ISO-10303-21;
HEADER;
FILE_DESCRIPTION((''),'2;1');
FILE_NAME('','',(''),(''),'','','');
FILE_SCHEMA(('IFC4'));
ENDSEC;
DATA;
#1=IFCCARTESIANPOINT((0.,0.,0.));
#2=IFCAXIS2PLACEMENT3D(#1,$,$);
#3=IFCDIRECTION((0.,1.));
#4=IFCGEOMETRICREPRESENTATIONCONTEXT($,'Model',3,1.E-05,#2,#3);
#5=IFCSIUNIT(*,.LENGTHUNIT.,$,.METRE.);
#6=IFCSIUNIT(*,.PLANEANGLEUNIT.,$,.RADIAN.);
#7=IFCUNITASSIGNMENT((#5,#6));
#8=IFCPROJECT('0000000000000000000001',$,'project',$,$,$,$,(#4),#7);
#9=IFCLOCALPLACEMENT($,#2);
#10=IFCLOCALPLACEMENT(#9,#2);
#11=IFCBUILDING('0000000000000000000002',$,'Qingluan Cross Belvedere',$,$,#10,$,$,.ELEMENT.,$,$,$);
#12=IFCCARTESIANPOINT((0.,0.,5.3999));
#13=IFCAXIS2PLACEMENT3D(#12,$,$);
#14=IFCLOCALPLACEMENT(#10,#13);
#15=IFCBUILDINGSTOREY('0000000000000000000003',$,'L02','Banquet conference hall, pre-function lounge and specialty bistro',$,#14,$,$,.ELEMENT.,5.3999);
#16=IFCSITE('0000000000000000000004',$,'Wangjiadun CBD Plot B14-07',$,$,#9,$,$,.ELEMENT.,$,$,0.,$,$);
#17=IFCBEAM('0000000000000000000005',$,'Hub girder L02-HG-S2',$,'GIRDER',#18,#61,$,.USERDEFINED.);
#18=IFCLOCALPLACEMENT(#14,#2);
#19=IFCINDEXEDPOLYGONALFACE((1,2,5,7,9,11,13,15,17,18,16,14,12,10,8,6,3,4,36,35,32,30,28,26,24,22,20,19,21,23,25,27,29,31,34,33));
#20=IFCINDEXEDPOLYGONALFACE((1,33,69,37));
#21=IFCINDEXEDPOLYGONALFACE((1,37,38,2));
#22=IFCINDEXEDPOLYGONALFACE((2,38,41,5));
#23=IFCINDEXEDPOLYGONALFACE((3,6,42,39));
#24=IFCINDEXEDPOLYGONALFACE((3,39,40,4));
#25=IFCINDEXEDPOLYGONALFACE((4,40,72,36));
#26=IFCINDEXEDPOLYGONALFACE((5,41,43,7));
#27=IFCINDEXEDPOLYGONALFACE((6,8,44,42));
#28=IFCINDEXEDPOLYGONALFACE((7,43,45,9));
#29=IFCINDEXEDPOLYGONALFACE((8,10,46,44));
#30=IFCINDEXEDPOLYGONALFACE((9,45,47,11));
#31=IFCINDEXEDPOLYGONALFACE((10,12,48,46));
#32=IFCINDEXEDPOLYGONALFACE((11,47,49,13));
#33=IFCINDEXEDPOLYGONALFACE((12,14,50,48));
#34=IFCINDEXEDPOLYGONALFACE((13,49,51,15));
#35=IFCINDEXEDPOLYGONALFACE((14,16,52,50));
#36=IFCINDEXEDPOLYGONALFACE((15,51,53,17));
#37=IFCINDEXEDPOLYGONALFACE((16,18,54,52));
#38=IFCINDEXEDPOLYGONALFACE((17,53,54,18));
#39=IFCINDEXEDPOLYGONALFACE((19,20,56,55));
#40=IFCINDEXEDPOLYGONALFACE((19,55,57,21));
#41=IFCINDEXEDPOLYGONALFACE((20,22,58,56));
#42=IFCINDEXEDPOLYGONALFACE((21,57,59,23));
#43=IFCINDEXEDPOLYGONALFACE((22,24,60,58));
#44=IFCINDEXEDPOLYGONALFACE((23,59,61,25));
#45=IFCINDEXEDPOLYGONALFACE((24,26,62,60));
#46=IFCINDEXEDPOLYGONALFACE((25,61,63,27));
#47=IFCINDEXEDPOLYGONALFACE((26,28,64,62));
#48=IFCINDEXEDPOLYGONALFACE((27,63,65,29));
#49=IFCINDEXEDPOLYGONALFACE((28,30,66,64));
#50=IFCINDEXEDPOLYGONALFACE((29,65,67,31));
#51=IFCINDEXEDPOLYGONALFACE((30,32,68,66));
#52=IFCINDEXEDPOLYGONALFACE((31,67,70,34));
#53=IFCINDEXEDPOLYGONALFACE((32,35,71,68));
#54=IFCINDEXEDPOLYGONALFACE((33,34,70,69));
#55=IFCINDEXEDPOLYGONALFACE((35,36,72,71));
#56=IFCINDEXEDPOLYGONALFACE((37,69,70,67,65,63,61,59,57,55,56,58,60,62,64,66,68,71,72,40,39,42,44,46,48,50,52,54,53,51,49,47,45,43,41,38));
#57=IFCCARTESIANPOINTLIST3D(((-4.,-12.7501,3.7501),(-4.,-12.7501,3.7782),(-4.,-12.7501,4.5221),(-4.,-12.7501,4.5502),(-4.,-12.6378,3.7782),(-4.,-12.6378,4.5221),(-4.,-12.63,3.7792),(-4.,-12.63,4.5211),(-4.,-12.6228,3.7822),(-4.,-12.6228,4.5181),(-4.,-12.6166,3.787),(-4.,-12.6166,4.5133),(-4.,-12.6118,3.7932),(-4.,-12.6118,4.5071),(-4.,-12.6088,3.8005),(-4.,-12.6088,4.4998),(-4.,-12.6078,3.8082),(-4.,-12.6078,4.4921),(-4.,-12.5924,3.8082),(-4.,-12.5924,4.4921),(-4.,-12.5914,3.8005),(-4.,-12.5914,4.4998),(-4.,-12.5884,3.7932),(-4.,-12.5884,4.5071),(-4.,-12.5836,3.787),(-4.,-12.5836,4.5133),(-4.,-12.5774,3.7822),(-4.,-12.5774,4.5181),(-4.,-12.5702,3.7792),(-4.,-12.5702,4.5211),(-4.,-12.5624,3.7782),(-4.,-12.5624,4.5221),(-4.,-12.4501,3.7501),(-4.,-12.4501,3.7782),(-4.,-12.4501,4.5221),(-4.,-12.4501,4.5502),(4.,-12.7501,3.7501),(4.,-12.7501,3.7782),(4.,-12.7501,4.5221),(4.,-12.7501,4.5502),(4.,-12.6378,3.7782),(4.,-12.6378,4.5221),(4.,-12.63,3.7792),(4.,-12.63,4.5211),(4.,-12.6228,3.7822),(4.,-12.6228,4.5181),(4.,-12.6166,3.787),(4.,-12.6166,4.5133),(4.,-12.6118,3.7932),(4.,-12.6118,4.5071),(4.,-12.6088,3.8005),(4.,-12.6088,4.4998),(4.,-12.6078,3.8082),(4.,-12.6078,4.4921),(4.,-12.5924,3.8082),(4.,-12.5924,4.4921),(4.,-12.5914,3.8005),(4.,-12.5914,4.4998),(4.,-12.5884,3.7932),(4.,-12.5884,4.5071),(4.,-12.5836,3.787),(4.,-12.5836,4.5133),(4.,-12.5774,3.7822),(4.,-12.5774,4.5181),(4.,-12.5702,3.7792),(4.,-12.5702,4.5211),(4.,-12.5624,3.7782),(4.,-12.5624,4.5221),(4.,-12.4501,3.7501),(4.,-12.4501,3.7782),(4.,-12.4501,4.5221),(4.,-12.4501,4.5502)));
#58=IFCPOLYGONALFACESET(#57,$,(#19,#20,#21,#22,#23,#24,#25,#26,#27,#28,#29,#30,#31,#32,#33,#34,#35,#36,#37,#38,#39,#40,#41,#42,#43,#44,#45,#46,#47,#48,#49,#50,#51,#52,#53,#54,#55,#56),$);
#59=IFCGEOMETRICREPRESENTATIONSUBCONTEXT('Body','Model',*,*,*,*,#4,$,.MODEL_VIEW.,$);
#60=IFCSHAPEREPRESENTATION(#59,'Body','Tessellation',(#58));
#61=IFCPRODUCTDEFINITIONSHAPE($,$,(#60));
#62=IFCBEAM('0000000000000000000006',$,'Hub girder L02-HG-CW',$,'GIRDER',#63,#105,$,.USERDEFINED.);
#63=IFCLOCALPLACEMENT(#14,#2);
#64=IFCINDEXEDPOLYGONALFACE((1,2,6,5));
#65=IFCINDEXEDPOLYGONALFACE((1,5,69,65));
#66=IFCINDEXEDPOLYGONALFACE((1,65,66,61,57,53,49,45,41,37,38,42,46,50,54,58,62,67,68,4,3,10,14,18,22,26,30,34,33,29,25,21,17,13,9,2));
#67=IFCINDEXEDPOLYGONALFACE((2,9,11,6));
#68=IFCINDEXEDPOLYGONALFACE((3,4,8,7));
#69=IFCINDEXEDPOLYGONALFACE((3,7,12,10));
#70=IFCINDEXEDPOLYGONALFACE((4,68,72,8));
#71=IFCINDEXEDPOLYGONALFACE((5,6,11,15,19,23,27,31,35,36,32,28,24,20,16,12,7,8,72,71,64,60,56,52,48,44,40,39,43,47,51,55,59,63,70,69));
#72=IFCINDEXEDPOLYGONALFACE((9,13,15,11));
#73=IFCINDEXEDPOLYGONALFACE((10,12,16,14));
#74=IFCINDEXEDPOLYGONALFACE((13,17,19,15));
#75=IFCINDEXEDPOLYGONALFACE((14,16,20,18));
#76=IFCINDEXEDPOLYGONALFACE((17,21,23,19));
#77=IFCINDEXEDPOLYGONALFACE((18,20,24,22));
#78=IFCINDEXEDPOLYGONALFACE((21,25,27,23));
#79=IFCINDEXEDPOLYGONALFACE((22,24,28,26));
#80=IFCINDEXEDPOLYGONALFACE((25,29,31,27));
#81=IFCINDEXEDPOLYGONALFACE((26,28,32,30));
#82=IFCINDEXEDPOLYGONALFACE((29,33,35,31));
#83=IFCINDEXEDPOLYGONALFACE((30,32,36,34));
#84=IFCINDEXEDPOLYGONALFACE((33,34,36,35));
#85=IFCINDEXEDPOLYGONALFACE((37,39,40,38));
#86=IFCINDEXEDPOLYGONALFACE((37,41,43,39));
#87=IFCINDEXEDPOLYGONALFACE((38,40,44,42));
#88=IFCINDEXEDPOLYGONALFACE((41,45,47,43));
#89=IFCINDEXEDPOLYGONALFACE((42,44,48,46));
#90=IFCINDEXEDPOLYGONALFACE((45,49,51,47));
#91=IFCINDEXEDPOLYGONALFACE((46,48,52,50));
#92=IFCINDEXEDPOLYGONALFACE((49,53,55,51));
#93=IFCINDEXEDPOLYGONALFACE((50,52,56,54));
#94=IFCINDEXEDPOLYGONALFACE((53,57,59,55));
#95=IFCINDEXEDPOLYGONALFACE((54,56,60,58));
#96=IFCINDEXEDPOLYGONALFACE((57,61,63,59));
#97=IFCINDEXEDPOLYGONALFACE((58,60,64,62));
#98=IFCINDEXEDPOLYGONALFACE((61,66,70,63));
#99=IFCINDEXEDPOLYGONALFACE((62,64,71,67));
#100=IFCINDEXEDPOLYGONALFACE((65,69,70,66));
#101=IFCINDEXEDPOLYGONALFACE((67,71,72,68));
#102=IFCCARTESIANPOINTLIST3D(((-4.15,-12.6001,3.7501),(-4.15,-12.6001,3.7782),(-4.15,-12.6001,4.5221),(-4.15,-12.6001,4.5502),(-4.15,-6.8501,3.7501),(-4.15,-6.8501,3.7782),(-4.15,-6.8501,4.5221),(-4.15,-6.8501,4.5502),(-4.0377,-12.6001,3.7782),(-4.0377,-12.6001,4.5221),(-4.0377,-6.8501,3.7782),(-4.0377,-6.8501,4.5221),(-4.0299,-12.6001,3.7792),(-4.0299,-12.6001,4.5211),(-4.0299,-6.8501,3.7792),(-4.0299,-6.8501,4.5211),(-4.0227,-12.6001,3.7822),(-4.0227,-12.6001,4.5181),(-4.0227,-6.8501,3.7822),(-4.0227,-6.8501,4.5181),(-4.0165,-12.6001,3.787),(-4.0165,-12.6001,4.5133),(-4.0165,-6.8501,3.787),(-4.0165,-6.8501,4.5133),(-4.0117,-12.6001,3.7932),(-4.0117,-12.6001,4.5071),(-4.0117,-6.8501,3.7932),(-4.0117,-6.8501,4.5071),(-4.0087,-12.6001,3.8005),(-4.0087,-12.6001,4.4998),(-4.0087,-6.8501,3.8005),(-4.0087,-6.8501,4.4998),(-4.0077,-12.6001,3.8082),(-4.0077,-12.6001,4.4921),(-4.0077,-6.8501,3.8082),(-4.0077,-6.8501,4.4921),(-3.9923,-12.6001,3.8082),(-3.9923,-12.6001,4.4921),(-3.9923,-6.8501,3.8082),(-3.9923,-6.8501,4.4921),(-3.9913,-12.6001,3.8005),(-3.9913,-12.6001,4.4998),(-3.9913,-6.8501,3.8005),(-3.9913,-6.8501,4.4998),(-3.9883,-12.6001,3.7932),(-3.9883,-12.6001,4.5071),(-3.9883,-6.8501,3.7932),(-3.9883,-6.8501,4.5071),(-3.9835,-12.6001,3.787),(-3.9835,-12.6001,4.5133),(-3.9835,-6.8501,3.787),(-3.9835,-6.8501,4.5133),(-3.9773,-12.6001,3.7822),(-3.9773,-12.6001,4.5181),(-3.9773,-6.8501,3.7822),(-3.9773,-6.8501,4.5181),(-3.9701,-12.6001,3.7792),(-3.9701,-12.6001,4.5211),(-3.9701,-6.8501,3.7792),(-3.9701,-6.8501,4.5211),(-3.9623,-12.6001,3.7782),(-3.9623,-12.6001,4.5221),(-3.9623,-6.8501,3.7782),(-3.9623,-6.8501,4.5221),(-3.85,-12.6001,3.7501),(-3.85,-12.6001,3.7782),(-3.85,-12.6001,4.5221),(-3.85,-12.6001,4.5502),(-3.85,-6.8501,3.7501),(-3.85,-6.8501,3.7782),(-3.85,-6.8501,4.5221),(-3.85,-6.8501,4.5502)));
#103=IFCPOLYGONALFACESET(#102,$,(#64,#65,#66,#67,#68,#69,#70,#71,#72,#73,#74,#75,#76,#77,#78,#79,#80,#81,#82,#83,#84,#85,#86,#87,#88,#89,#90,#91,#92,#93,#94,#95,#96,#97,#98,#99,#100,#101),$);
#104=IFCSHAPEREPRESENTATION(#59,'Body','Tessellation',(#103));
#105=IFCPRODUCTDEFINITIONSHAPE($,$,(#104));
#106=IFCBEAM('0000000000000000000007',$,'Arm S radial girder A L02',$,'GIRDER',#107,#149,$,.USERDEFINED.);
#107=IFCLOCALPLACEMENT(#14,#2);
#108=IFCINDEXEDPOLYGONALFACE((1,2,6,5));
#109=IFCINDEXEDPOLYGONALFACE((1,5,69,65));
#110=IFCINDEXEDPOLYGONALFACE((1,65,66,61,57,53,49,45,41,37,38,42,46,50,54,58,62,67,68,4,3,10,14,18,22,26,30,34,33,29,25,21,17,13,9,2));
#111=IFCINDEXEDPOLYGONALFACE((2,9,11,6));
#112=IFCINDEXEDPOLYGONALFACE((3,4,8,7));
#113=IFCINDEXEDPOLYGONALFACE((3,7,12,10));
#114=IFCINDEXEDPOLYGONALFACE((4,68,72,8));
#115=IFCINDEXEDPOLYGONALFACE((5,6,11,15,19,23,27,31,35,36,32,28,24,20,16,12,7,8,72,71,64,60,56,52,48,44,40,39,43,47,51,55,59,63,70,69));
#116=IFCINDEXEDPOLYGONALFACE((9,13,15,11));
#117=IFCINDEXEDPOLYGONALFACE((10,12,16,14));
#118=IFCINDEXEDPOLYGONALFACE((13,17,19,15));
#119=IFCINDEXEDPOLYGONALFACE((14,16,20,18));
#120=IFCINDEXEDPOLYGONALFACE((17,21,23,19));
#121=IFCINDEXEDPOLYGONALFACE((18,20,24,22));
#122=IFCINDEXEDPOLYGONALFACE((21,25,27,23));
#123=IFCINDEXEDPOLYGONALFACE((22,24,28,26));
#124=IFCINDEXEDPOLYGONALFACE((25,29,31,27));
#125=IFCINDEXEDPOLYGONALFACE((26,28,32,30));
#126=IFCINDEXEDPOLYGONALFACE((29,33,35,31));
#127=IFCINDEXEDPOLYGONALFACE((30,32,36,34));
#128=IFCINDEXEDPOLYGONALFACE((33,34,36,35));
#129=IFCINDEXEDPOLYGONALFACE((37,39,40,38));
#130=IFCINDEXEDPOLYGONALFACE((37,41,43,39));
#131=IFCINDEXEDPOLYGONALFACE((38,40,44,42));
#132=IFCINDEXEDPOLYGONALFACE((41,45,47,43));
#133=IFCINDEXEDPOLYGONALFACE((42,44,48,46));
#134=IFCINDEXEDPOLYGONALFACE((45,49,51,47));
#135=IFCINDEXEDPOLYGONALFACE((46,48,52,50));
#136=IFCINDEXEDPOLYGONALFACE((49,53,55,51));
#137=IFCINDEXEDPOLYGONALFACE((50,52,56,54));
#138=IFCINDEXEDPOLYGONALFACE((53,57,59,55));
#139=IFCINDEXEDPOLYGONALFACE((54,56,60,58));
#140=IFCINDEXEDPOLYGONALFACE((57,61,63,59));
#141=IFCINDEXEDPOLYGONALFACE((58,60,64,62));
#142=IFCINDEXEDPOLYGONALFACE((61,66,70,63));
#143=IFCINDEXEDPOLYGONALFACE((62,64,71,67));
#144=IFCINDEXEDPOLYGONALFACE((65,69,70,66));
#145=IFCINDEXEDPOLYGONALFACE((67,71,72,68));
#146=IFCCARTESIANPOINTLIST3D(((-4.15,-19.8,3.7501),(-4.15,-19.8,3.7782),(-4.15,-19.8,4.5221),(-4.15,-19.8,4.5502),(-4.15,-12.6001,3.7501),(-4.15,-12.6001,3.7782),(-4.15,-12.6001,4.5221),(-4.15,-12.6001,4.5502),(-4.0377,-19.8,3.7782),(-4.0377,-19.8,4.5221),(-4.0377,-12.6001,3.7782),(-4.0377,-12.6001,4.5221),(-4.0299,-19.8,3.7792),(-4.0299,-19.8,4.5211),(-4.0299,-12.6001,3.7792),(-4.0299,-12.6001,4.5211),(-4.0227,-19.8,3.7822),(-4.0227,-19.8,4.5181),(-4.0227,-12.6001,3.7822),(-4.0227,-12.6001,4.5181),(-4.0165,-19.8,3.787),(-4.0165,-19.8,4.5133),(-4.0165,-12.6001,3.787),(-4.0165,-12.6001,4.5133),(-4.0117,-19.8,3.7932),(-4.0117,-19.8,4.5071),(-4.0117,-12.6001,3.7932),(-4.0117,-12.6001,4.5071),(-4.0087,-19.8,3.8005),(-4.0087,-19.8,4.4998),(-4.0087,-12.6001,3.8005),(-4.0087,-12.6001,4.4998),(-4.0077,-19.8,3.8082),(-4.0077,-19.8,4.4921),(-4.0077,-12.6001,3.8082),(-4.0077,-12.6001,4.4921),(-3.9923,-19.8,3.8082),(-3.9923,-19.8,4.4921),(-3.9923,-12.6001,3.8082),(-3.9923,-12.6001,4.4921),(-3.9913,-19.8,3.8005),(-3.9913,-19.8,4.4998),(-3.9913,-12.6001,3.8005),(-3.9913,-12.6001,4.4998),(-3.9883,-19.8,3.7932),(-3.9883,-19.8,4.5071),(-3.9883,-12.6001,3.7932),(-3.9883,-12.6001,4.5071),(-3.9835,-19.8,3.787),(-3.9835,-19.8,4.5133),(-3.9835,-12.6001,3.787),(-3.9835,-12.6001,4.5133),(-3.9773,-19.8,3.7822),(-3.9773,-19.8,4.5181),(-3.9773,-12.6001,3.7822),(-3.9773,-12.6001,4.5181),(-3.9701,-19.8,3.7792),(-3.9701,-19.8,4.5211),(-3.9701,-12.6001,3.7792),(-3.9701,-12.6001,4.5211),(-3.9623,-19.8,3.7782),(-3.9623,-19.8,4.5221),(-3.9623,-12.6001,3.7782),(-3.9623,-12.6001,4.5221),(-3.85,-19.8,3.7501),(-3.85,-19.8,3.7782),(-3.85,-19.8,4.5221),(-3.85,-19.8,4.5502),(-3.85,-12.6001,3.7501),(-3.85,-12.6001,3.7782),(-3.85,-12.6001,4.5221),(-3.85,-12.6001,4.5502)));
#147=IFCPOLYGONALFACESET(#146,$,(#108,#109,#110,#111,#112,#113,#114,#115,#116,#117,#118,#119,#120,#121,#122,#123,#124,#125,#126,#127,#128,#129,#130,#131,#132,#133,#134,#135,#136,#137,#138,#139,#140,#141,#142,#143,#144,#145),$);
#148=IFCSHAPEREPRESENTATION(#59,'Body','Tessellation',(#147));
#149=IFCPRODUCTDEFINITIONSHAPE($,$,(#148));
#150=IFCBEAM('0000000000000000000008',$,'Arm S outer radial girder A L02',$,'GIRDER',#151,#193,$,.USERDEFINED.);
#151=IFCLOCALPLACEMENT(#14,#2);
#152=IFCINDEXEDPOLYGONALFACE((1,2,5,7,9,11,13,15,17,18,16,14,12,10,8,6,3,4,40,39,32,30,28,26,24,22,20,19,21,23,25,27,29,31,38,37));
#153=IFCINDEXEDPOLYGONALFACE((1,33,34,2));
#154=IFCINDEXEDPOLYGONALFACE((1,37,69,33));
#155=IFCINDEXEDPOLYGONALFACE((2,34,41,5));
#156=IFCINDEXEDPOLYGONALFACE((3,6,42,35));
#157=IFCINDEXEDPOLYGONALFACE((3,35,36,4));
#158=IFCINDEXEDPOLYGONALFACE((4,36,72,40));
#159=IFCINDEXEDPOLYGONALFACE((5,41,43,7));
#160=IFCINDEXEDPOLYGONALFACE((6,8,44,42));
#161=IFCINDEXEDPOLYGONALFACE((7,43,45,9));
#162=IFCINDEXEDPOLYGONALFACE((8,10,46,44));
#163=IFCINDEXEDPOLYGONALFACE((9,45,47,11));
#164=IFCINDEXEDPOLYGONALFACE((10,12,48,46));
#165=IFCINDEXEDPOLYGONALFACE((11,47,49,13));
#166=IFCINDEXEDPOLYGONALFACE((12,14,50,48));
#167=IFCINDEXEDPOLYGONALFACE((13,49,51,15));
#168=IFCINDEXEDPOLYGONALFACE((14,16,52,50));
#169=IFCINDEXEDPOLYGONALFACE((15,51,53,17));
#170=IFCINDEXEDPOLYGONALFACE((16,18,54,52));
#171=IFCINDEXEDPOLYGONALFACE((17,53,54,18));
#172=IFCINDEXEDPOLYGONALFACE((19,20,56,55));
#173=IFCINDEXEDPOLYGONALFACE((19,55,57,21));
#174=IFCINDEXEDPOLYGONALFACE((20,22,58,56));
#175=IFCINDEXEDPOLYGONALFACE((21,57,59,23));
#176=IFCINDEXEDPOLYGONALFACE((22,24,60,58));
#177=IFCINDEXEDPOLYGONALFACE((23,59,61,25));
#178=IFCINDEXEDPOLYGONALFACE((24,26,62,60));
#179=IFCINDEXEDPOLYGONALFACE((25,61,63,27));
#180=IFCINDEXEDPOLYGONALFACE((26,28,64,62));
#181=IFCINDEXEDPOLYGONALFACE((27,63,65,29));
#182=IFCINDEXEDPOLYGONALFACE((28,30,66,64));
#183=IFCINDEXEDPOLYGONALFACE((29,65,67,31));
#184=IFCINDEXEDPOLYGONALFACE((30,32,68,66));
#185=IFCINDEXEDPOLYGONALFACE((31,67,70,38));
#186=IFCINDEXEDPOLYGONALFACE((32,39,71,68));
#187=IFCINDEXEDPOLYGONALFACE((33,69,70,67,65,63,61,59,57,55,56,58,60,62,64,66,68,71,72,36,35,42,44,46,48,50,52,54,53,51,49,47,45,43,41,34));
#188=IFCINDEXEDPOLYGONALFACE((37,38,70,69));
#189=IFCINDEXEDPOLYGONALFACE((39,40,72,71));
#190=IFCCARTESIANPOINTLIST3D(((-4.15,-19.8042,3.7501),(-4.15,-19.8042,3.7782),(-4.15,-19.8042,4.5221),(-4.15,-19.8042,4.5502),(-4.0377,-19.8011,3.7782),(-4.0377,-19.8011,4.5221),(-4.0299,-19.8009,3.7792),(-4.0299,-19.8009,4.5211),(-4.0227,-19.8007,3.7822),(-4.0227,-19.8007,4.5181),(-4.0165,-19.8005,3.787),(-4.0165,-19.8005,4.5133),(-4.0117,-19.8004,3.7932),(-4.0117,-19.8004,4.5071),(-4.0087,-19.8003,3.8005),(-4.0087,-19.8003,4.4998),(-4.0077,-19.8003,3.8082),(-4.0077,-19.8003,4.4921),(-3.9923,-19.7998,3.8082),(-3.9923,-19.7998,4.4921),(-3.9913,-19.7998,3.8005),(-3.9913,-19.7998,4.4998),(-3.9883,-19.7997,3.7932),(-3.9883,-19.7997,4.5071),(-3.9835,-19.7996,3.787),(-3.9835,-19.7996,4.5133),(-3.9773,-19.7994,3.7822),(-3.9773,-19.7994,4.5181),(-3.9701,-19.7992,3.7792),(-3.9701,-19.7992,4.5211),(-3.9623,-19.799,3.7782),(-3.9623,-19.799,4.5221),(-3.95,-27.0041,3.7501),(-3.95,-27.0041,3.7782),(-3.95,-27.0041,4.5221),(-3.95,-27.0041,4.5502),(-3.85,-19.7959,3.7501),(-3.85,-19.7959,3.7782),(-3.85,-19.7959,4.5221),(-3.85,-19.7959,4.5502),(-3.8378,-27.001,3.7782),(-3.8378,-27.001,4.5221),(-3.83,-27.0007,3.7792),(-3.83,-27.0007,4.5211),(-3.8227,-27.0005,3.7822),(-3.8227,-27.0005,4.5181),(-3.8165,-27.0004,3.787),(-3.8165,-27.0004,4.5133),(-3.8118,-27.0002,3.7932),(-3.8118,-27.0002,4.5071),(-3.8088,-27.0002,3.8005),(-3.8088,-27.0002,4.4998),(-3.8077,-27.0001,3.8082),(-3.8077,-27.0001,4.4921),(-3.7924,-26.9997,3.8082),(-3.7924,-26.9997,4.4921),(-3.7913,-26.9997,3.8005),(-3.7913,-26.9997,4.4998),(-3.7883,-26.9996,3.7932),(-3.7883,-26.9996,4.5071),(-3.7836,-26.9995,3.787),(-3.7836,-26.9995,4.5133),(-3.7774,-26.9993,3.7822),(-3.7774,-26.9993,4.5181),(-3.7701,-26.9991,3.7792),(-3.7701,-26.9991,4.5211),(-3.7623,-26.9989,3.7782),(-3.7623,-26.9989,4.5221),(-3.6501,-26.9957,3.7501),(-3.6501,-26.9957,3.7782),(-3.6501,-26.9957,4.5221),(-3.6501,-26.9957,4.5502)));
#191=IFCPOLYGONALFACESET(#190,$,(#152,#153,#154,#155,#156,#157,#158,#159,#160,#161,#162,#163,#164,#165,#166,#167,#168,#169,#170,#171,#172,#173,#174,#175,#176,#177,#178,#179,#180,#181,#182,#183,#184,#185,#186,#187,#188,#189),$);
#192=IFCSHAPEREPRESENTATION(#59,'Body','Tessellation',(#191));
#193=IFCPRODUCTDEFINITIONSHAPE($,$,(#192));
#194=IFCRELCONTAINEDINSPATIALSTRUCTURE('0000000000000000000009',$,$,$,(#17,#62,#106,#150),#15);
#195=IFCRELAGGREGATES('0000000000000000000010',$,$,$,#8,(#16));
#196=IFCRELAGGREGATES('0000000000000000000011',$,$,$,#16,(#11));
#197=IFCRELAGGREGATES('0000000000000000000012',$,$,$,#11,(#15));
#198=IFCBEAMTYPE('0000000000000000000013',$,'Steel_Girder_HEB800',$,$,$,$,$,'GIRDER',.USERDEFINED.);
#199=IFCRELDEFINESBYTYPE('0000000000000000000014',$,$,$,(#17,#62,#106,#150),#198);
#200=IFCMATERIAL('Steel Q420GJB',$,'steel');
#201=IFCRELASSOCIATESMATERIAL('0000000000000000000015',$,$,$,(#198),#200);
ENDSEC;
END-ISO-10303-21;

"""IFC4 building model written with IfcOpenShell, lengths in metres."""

from ifc_helpers import new_model, si_unit, direction, frame, origin, origin_2d, place, context, subcontext, project, spatial, i_section, extrude, material, material_profile, profile_set, type_object, element, save


model = new_model("IFC4")

# Units and contexts
model_context = context("Model", 3, precision=1e-05, world=origin(), true_north=direction((0.0, 1.0)))
body_context = subcontext(model_context, "Body", "Model", "MODEL_VIEW")
ifc_project = project(units=[si_unit("LENGTHUNIT", "METRE"), si_unit("PLANEANGLEUNIT", "RADIAN")], contexts=[model_context])

# Site, building, storey
site_placement = place(None, origin())
site = spatial("IfcSite", under=ifc_project, at=site_placement, Name="Wangjiadun CBD Plot B14-07", CompositionType="ELEMENT", RefElevation=0.0)
building_placement = place(site_placement, origin())
building = spatial("IfcBuilding", under=site, at=building_placement, Name="Qingluan Cross Belvedere", CompositionType="ELEMENT")
storey_placement = place(building_placement, frame((0.0, 0.0, 5.3999)))
storey = spatial("IfcBuildingStorey", under=building, at=storey_placement, Name="L02", Description="Banquet conference hall, pre-function lounge and specialty bistro", CompositionType="ELEMENT", Elevation=5.3999)

# Beams
ifc_material_1 = material(Name="Steel Q420GJB", Category="steel")
ifc_material_profile_1 = material_profile(ifc_material_1, i_section(OverallWidth=0.3, OverallDepth=0.8, WebThickness=0.0154, FlangeThickness=0.0281, FilletRadius=0.03, at=origin_2d()), Name="HEB800")
ifc_profile_set_1 = profile_set([ifc_material_profile_1], Name="Steel Q420GJB")
beam_type_1 = type_object("IfcBeamType", Name="Steel_Girder_HEB800", ElementType="GIRDER", PredefinedType="USERDEFINED", material=ifc_profile_set_1)
beam_1_placement = place(storey_placement, frame((-4.0, -12.6001, 4.1501), z_axis=(1.0, 0.0, 0.0), x_axis=(0.0, 1.0, 0.0)))
element("IfcBeam", 1, at=beam_1_placement, inside=storey, type_object=beam_type_1, Name="Hub girder L02-HG-S2", ObjectType="GIRDER", PredefinedType="USERDEFINED", context=body_context, shape_type="SweptSolid", body=[
    extrude(i_section(OverallWidth=0.3, OverallDepth=0.8, WebThickness=0.0154, FlangeThickness=0.0281, FilletRadius=0.03, at=origin_2d()), origin(), (0.0, 0.0, 1.0), 8.0),
])
beam_2_placement = place(storey_placement, frame((-4.0, -12.6001, 4.1501), z_axis=(0.0, 1.0, 0.0), x_axis=(-1.0, 0.0, 0.0)))
element("IfcBeam", 2, at=beam_2_placement, inside=storey, type_object=beam_type_1, Name="Hub girder L02-HG-CW", ObjectType="GIRDER", PredefinedType="USERDEFINED", context=body_context, shape_type="SweptSolid", body=[
    extrude(i_section(OverallWidth=0.3, OverallDepth=0.8, WebThickness=0.0154, FlangeThickness=0.0281, FilletRadius=0.03, at=origin_2d()), origin(), (0.0, 0.0, 1.0), 5.75),
])
beam_3_placement = place(storey_placement, frame((-4.0, -12.6001, 4.1501), z_axis=(0.0, -1.0, 0.0), x_axis=(1.0, 0.0, 0.0)))
element("IfcBeam", 3, at=beam_3_placement, inside=storey, type_object=beam_type_1, Name="Arm S radial girder A L02", ObjectType="GIRDER", PredefinedType="USERDEFINED", context=body_context, shape_type="SweptSolid", body=[
    extrude(i_section(OverallWidth=0.3, OverallDepth=0.8, WebThickness=0.0154, FlangeThickness=0.0281, FilletRadius=0.03, at=origin_2d()), origin(), (0.0, 0.0, 1.0), 7.2),
])
beam_4_placement = place(storey_placement, frame((-4.0, -19.8, 4.1501), z_axis=(0.02776, -0.999615, 0.0), x_axis=(0.999615, 0.02776, 0.0)))
element("IfcBeam", 4, at=beam_4_placement, inside=storey, type_object=beam_type_1, Name="Arm S outer radial girder A L02", ObjectType="GIRDER", PredefinedType="USERDEFINED", context=body_context, shape_type="SweptSolid", body=[
    extrude(i_section(OverallWidth=0.3, OverallDepth=0.8, WebThickness=0.0154, FlangeThickness=0.0281, FilletRadius=0.03, at=origin_2d()), origin(), (0.0, 0.0, 1.0), 7.2026),
])

save(model, "model.ifc")
